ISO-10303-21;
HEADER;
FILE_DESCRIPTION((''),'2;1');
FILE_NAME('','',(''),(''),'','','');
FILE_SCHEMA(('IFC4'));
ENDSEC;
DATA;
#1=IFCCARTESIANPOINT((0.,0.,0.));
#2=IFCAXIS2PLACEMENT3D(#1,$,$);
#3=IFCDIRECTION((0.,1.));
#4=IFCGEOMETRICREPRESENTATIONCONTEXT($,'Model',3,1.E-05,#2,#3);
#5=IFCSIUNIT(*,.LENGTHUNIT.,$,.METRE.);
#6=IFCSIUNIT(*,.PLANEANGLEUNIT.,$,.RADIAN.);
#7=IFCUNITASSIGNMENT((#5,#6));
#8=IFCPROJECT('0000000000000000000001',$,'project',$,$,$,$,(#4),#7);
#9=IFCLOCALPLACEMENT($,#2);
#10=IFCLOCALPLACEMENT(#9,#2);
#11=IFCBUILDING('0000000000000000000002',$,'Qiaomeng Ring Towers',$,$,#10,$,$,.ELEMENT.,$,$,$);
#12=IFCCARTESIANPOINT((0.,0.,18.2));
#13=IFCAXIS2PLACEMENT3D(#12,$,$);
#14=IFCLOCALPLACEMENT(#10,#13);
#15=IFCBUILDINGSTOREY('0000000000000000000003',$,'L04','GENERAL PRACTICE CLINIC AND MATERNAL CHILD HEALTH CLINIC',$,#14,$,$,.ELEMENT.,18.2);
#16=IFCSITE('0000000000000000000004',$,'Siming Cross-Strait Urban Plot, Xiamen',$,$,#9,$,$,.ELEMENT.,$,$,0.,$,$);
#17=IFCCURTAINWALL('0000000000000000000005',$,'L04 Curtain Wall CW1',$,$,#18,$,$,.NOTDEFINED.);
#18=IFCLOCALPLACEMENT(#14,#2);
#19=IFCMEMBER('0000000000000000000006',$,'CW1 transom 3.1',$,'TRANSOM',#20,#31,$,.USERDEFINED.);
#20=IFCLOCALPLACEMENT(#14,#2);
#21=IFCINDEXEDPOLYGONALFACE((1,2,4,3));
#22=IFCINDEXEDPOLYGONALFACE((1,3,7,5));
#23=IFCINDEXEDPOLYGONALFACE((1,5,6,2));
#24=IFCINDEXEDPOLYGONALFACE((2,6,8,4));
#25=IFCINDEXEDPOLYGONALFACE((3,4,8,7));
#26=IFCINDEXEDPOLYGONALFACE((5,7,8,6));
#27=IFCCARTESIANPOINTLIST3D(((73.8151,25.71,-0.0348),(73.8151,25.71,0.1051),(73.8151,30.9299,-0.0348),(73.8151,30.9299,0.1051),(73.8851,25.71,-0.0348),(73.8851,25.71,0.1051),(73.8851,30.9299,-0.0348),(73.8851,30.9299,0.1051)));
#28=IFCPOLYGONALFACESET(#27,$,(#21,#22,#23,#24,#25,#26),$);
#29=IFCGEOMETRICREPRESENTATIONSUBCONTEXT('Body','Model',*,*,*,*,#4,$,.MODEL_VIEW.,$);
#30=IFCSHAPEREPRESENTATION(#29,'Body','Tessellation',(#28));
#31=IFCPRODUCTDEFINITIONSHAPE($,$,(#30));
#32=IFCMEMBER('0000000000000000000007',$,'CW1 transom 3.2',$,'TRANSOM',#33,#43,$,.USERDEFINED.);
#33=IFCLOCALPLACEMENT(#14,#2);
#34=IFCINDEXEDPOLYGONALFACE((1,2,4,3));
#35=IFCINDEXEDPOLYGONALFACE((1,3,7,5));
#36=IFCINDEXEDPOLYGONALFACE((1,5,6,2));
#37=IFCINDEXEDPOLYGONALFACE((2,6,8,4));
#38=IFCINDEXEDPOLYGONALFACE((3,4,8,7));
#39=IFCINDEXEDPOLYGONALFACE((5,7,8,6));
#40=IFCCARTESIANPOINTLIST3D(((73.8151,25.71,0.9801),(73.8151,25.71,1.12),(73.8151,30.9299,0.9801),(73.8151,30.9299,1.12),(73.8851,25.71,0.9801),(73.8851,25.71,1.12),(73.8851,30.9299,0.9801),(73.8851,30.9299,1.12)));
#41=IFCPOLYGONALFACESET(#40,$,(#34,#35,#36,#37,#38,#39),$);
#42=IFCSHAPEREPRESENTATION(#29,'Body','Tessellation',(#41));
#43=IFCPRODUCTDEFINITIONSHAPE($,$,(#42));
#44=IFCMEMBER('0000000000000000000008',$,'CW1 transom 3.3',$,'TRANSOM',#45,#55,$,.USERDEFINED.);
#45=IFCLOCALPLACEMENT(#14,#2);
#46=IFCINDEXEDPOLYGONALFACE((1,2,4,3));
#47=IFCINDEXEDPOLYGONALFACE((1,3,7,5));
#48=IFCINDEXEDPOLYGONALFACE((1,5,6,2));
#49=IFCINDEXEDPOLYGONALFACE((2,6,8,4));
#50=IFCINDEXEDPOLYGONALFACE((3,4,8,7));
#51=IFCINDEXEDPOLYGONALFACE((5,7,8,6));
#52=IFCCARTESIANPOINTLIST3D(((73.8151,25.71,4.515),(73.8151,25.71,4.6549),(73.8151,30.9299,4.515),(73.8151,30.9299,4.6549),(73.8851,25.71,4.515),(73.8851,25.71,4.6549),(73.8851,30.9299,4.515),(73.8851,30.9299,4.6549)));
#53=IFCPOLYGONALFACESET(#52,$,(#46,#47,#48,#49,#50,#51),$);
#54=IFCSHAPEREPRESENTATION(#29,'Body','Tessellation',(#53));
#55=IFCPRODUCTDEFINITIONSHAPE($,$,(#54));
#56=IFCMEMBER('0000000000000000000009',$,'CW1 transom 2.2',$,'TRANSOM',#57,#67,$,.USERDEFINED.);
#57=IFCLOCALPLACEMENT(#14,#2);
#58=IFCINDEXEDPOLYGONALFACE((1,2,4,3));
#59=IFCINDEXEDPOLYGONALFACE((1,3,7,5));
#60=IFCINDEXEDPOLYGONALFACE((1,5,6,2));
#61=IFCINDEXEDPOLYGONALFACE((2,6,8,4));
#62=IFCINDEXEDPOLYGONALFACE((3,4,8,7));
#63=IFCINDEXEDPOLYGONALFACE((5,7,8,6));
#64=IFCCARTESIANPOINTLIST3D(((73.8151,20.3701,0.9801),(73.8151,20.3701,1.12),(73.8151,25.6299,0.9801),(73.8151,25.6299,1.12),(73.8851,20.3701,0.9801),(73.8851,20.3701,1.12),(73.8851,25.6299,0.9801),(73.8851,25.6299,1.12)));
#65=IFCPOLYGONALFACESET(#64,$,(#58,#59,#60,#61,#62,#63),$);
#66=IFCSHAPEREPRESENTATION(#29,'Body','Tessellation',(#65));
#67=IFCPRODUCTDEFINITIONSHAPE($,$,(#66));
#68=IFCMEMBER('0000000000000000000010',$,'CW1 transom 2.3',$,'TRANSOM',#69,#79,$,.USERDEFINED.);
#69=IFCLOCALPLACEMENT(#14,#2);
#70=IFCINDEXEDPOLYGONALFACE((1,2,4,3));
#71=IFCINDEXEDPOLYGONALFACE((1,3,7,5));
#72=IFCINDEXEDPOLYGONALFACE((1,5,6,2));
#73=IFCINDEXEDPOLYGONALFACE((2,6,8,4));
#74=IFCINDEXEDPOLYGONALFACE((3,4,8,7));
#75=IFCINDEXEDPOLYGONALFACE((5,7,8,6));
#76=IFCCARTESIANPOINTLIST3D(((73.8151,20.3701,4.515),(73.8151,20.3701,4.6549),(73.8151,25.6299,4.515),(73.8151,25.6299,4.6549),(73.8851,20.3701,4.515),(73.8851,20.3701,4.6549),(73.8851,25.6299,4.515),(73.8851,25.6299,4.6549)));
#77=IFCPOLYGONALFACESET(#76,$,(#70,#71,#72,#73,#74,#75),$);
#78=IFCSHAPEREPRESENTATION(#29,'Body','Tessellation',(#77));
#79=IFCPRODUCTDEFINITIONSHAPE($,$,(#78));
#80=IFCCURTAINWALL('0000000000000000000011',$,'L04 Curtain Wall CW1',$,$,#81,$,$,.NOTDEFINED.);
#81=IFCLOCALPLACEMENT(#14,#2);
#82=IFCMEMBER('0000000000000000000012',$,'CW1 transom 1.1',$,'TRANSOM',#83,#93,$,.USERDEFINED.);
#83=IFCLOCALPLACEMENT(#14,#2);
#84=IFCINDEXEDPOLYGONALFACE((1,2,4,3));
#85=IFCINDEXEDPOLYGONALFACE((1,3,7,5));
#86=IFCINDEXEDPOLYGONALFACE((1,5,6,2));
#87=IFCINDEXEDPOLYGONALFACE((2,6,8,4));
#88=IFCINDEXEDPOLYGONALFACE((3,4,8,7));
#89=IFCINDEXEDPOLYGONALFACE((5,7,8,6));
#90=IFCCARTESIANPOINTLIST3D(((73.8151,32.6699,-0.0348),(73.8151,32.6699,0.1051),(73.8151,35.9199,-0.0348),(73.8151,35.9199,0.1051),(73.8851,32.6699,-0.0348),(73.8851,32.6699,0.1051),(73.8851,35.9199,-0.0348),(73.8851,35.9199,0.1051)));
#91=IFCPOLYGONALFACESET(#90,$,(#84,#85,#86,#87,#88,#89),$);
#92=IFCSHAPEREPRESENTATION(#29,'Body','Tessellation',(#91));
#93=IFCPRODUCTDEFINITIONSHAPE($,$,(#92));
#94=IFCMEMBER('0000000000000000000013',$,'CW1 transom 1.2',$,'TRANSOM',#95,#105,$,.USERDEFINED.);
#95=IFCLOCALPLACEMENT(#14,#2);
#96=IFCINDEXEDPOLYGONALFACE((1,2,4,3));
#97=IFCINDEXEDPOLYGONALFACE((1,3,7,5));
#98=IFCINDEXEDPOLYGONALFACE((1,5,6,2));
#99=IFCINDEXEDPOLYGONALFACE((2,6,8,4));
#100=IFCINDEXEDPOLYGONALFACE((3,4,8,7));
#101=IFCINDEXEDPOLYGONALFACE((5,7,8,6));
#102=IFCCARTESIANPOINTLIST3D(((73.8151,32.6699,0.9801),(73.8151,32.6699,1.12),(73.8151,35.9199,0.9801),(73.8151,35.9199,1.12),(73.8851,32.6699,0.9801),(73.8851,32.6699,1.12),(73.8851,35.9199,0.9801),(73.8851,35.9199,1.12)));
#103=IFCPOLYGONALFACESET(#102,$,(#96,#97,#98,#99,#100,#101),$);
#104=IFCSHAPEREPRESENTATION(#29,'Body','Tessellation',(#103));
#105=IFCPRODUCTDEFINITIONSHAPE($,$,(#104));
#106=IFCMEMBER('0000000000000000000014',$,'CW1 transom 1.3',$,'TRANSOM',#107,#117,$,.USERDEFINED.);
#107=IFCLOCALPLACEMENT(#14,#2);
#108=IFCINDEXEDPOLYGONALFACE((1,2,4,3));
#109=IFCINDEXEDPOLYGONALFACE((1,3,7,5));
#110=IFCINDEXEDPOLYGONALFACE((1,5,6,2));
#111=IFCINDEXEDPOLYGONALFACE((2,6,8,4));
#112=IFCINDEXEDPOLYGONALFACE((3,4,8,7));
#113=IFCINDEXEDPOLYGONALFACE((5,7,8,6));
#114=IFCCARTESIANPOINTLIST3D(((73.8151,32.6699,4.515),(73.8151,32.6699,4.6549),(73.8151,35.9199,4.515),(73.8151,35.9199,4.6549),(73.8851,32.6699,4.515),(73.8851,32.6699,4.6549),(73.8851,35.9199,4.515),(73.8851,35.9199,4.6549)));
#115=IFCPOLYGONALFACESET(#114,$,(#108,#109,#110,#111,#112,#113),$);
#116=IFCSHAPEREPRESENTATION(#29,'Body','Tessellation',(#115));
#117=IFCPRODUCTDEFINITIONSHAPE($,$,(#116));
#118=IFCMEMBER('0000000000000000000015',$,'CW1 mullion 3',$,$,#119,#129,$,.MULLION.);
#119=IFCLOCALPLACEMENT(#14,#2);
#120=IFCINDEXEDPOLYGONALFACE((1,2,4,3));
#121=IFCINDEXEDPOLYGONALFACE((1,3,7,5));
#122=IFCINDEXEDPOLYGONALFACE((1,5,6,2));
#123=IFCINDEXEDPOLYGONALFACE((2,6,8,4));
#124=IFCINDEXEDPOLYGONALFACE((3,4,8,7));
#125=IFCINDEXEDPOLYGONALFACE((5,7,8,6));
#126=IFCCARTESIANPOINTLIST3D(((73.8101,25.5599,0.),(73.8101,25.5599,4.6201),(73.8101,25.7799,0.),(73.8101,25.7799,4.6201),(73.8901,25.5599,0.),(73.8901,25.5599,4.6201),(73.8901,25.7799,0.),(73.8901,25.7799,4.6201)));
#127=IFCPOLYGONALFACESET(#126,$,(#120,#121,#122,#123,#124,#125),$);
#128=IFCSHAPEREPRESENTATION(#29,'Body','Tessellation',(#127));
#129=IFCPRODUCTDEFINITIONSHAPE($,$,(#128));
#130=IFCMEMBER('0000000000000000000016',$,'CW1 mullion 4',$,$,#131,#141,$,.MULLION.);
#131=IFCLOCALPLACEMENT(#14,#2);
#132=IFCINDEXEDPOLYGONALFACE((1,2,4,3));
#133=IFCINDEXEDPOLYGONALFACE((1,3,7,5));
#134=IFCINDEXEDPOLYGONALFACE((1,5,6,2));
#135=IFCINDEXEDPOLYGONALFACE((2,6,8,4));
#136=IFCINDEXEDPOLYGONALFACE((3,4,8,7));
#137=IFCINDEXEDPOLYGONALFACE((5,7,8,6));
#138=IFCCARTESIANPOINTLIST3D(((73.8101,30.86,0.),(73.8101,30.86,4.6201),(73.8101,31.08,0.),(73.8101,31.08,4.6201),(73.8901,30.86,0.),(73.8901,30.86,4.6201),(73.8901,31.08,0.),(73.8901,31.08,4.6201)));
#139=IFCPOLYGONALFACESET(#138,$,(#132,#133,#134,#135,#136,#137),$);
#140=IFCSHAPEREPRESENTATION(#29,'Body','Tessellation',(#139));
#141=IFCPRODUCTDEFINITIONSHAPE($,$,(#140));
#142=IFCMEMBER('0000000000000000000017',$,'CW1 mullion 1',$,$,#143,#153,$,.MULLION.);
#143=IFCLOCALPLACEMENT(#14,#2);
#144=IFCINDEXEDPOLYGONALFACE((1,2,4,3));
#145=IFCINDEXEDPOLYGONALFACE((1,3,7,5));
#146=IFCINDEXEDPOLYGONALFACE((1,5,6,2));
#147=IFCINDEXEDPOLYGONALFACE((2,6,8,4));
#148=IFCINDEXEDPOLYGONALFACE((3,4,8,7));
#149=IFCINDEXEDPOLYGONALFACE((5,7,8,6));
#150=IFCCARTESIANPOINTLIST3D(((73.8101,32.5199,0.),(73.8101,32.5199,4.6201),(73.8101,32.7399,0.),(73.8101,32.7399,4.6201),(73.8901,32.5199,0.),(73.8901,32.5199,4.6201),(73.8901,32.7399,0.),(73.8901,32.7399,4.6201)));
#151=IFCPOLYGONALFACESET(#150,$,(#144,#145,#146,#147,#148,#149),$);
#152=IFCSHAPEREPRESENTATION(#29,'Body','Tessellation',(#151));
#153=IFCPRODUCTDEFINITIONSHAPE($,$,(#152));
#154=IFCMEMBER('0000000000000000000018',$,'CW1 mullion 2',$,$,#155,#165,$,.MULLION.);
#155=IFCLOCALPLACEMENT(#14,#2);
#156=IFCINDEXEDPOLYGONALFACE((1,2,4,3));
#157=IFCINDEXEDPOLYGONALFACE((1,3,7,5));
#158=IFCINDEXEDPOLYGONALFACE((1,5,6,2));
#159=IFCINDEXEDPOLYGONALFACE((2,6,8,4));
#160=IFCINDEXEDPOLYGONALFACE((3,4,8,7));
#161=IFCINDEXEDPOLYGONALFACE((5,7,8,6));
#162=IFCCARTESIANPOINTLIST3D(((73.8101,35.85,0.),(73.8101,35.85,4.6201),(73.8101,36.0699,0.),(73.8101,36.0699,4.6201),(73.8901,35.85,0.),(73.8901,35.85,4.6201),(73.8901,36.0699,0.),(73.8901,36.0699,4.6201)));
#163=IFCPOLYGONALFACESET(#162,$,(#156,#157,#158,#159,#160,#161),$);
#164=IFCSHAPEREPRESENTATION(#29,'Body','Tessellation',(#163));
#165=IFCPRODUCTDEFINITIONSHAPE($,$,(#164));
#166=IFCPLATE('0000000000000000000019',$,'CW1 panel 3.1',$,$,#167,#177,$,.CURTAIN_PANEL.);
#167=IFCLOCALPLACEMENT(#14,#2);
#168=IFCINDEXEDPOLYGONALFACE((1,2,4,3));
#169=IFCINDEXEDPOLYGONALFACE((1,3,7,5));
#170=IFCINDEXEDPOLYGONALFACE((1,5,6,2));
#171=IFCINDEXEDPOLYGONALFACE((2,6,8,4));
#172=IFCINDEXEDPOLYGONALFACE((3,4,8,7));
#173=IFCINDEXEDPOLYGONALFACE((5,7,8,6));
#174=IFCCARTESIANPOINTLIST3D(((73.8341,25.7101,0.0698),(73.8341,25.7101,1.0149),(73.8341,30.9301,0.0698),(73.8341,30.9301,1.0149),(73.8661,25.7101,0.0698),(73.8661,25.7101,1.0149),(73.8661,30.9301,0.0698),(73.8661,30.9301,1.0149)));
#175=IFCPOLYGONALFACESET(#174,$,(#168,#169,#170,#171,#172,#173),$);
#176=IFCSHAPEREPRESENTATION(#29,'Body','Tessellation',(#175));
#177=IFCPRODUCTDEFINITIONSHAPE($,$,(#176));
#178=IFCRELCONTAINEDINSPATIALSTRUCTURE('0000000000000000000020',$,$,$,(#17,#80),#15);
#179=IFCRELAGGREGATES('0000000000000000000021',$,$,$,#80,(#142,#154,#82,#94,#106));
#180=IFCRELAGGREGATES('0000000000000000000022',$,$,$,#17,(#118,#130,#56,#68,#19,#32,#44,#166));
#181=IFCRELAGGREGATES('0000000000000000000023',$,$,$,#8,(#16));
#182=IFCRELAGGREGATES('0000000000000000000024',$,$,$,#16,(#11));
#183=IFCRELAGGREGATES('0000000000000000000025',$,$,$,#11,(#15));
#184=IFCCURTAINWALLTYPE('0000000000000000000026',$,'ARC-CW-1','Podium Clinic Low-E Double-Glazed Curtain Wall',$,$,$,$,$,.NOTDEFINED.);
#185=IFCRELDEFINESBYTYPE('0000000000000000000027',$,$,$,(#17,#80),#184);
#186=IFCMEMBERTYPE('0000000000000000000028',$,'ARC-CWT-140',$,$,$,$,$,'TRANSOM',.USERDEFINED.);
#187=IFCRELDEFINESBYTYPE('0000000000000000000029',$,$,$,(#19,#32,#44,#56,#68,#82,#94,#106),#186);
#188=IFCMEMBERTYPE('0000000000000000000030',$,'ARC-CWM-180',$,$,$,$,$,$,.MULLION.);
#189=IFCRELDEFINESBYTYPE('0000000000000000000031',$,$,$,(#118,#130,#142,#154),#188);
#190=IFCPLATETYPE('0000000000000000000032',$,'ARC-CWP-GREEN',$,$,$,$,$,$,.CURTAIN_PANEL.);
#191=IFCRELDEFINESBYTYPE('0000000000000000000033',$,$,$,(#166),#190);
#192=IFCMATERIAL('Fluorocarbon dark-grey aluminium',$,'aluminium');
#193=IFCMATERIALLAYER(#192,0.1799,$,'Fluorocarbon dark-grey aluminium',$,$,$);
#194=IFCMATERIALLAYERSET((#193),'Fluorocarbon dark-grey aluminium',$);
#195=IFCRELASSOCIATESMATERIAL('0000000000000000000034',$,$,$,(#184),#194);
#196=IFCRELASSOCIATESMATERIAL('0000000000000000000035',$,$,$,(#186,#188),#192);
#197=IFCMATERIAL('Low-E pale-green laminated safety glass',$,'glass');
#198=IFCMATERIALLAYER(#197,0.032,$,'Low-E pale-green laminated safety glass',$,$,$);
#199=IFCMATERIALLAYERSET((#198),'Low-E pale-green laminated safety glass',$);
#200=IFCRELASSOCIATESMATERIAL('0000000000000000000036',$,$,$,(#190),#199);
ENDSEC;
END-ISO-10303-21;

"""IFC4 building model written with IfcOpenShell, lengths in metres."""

from ifc_helpers import new_model, si_unit, direction, frame, origin, origin_2d, place, context, subcontext, project, spatial, rectangle, extrude, source, transform, mapped, material, layer, layer_set, material_profile, profile_set, type_object, element, aggregate, save


model = new_model("IFC4")

# Units and contexts
model_context = context("Model", 3, precision=1e-05, world=origin(), true_north=direction((0.0, 1.0)))
body_context = subcontext(model_context, "Body", "Model", "MODEL_VIEW")
ifc_project = project(units=[si_unit("LENGTHUNIT", "METRE"), si_unit("PLANEANGLEUNIT", "RADIAN")], contexts=[model_context])

# Site, building, storey
site_placement = place(None, origin())
site = spatial("IfcSite", under=ifc_project, at=site_placement, Name="Siming Cross-Strait Urban Plot, Xiamen", CompositionType="ELEMENT", RefElevation=0.0)
building_placement = place(site_placement, origin())
building = spatial("IfcBuilding", under=site, at=building_placement, Name="Qiaomeng Ring Towers", CompositionType="ELEMENT")
storey_placement = place(building_placement, frame((0.0, 0.0, 18.2)))
storey = spatial("IfcBuildingStorey", under=building, at=storey_placement, Name="L04", Description="GENERAL PRACTICE CLINIC AND MATERNAL CHILD HEALTH CLINIC", CompositionType="ELEMENT", Elevation=18.2)

# Curtain walls, members
ifc_material_1 = material(Name="Fluorocarbon dark-grey aluminium", Category="aluminium")
ifc_layer_1 = layer(ifc_material_1, 0.1799, Name="Fluorocarbon dark-grey aluminium")
ifc_layer_set_1 = layer_set([ifc_layer_1], Name="Fluorocarbon dark-grey aluminium")
curtain_wall_type = type_object("IfcCurtainWallType", Name="ARC-CW-1", Description="Podium Clinic Low-E Double-Glazed Curtain Wall", PredefinedType="NOTDEFINED", material=ifc_layer_set_1)
curtain_wall_1_placement = place(storey_placement, origin())
curtain_wall_1 = element("IfcCurtainWall", 1, at=curtain_wall_1_placement, inside=storey, type_object=curtain_wall_type, Name="L04 Curtain Wall CW1", PredefinedType="NOTDEFINED")
ifc_material_profile_1 = material_profile(ifc_material_1, rectangle(XDim=0.0701, YDim=0.1399, at=origin_2d()), Name="ALU TRAN 70x140")
ifc_profile_set_1 = profile_set([ifc_material_profile_1], Name="Fluorocarbon dark-grey aluminium")
member_type_1 = type_object("IfcMemberType", Name="ARC-CWT-140", ElementType="TRANSOM", PredefinedType="USERDEFINED", material=ifc_profile_set_1)
shared_shape_1 = source(origin(), body_context, "Body", "SweptSolid", [
    extrude(rectangle(XDim=0.0701, YDim=0.1399, at=origin_2d()), origin(), (0.0, 0.0, 1.0), 5.22),
])
member_1_placement = place(storey_placement, frame((73.8501, 25.71, 0.0352), z_axis=(0.0, 1.0, 0.0), x_axis=(-1.0, 0.0, 0.0)))
member_1 = element("IfcMember", 2, at=member_1_placement, type_object=member_type_1, Name="CW1 transom 3.1", ObjectType="TRANSOM", PredefinedType="USERDEFINED", context=body_context, shape_type="MappedRepresentation", body=[
    mapped(shared_shape_1, transform((0.0, 0.0, 0.0), x_axis=(1.0, 0.0, 0.0), y_axis=(0.0, 1.0, 0.0), z_axis=(0.0, 0.0, 1.0), scale=1.0)),
])
member_2_placement = place(storey_placement, frame((73.8501, 25.71, 1.05), z_axis=(0.0, 1.0, 0.0), x_axis=(-1.0, 0.0, 0.0)))
member_2 = element("IfcMember", 3, at=member_2_placement, type_object=member_type_1, Name="CW1 transom 3.2", ObjectType="TRANSOM", PredefinedType="USERDEFINED", context=body_context, shape_type="MappedRepresentation", body=[
    mapped(shared_shape_1, transform((0.0, 0.0, 0.0), x_axis=(1.0, 0.0, 0.0), y_axis=(0.0, 1.0, 0.0), z_axis=(0.0, 0.0, 1.0), scale=1.0)),
])
member_3_placement = place(storey_placement, frame((73.8501, 25.71, 4.585), z_axis=(0.0, 1.0, 0.0), x_axis=(-1.0, 0.0, 0.0)))
member_3 = element("IfcMember", 4, at=member_3_placement, type_object=member_type_1, Name="CW1 transom 3.3", ObjectType="TRANSOM", PredefinedType="USERDEFINED", context=body_context, shape_type="MappedRepresentation", body=[
    mapped(shared_shape_1, transform((0.0, 0.0, 0.0), x_axis=(1.0, 0.0, 0.0), y_axis=(0.0, 1.0, 0.0), z_axis=(0.0, 0.0, 1.0), scale=1.0)),
])
shared_shape_2 = source(origin(), body_context, "Body", "SweptSolid", [
    extrude(rectangle(XDim=0.0701, YDim=0.1399, at=origin_2d()), origin(), (0.0, 0.0, 1.0), 5.2598),
])
member_4_placement = place(storey_placement, frame((73.8501, 20.3701, 1.05), z_axis=(0.0, 1.0, 0.0), x_axis=(-1.0, 0.0, 0.0)))
member_4 = element("IfcMember", 5, at=member_4_placement, type_object=member_type_1, Name="CW1 transom 2.2", ObjectType="TRANSOM", PredefinedType="USERDEFINED", context=body_context, shape_type="MappedRepresentation", body=[
    mapped(shared_shape_2, transform((0.0, 0.0, 0.0), x_axis=(1.0, 0.0, 0.0), y_axis=(0.0, 1.0, 0.0), z_axis=(0.0, 0.0, 1.0), scale=1.0)),
])
member_5_placement = place(storey_placement, frame((73.8501, 20.3701, 4.585), z_axis=(0.0, 1.0, 0.0), x_axis=(-1.0, 0.0, 0.0)))
member_5 = element("IfcMember", 6, at=member_5_placement, type_object=member_type_1, Name="CW1 transom 2.3", ObjectType="TRANSOM", PredefinedType="USERDEFINED", context=body_context, shape_type="MappedRepresentation", body=[
    mapped(shared_shape_2, transform((0.0, 0.0, 0.0), x_axis=(1.0, 0.0, 0.0), y_axis=(0.0, 1.0, 0.0), z_axis=(0.0, 0.0, 1.0), scale=1.0)),
])
curtain_wall_2_placement = place(storey_placement, origin())
curtain_wall_2 = element("IfcCurtainWall", 7, at=curtain_wall_2_placement, inside=storey, type_object=curtain_wall_type, Name="L04 Curtain Wall CW1", PredefinedType="NOTDEFINED")
shared_shape_3 = source(origin(), body_context, "Body", "SweptSolid", [
    extrude(rectangle(XDim=0.0701, YDim=0.1399, at=origin_2d()), origin(), (0.0, 0.0, 1.0), 3.25),
])
member_6_placement = place(storey_placement, frame((73.8501, 32.6699, 0.0352), z_axis=(0.0, 1.0, 0.0), x_axis=(-1.0, 0.0, 0.0)))
member_6 = element("IfcMember", 8, at=member_6_placement, type_object=member_type_1, Name="CW1 transom 1.1", ObjectType="TRANSOM", PredefinedType="USERDEFINED", context=body_context, shape_type="MappedRepresentation", body=[
    mapped(shared_shape_3, transform((0.0, 0.0, 0.0), x_axis=(1.0, 0.0, 0.0), y_axis=(0.0, 1.0, 0.0), z_axis=(0.0, 0.0, 1.0), scale=1.0)),
])
member_7_placement = place(storey_placement, frame((73.8501, 32.6699, 1.05), z_axis=(0.0, 1.0, 0.0), x_axis=(-1.0, 0.0, 0.0)))
member_7 = element("IfcMember", 9, at=member_7_placement, type_object=member_type_1, Name="CW1 transom 1.2", ObjectType="TRANSOM", PredefinedType="USERDEFINED", context=body_context, shape_type="MappedRepresentation", body=[
    mapped(shared_shape_3, transform((0.0, 0.0, 0.0), x_axis=(1.0, 0.0, 0.0), y_axis=(0.0, 1.0, 0.0), z_axis=(0.0, 0.0, 1.0), scale=1.0)),
])
member_8_placement = place(storey_placement, frame((73.8501, 32.6699, 4.585), z_axis=(0.0, 1.0, 0.0), x_axis=(-1.0, 0.0, 0.0)))
member_8 = element("IfcMember", 10, at=member_8_placement, type_object=member_type_1, Name="CW1 transom 1.3", ObjectType="TRANSOM", PredefinedType="USERDEFINED", context=body_context, shape_type="MappedRepresentation", body=[
    mapped(shared_shape_3, transform((0.0, 0.0, 0.0), x_axis=(1.0, 0.0, 0.0), y_axis=(0.0, 1.0, 0.0), z_axis=(0.0, 0.0, 1.0), scale=1.0)),
])

# Members
ifc_material_profile_2 = material_profile(ifc_material_1, rectangle(XDim=0.0801, YDim=0.22, at=origin_2d()), Name="ALU MULL 80x220")
ifc_profile_set_2 = profile_set([ifc_material_profile_2], Name="Fluorocarbon dark-grey aluminium")
member_type_2 = type_object("IfcMemberType", Name="ARC-CWM-180", PredefinedType="MULLION", material=ifc_profile_set_2)
shared_shape_4 = source(origin(), body_context, "Body", "SweptSolid", [
    extrude(rectangle(XDim=0.0801, YDim=0.22, at=origin_2d()), origin(), (0.0, 0.0, 1.0), 4.6201),
])
member_9_placement = place(storey_placement, frame((73.8501, 25.6699, 0.0), z_axis=(0.0, 0.0, 1.0), x_axis=(-1.0, 0.0, 0.0)))
member_9 = element("IfcMember", 11, at=member_9_placement, type_object=member_type_2, Name="CW1 mullion 3", PredefinedType="MULLION", context=body_context, shape_type="MappedRepresentation", body=[
    mapped(shared_shape_4, transform((0.0, 0.0, 0.0), x_axis=(1.0, 0.0, 0.0), y_axis=(0.0, 1.0, 0.0), z_axis=(0.0, 0.0, 1.0), scale=1.0)),
])
member_10_placement = place(storey_placement, frame((73.8501, 30.97, 0.0), z_axis=(0.0, 0.0, 1.0), x_axis=(-1.0, 0.0, 0.0)))
member_10 = element("IfcMember", 12, at=member_10_placement, type_object=member_type_2, Name="CW1 mullion 4", PredefinedType="MULLION", context=body_context, shape_type="MappedRepresentation", body=[
    mapped(shared_shape_4, transform((0.0, 0.0, 0.0), x_axis=(1.0, 0.0, 0.0), y_axis=(0.0, 1.0, 0.0), z_axis=(0.0, 0.0, 1.0), scale=1.0)),
])
member_11_placement = place(storey_placement, frame((73.8501, 32.6299, 0.0), z_axis=(0.0, 0.0, 1.0), x_axis=(-1.0, 0.0, 0.0)))
member_11 = element("IfcMember", 13, at=member_11_placement, type_object=member_type_2, Name="CW1 mullion 1", PredefinedType="MULLION", context=body_context, shape_type="MappedRepresentation", body=[
    mapped(shared_shape_4, transform((0.0, 0.0, 0.0), x_axis=(1.0, 0.0, 0.0), y_axis=(0.0, 1.0, 0.0), z_axis=(0.0, 0.0, 1.0), scale=1.0)),
])
member_12_placement = place(storey_placement, frame((73.8501, 35.96, 0.0), z_axis=(0.0, 0.0, 1.0), x_axis=(-1.0, 0.0, 0.0)))
member_12 = element("IfcMember", 14, at=member_12_placement, type_object=member_type_2, Name="CW1 mullion 2", PredefinedType="MULLION", context=body_context, shape_type="MappedRepresentation", body=[
    mapped(shared_shape_4, transform((0.0, 0.0, 0.0), x_axis=(1.0, 0.0, 0.0), y_axis=(0.0, 1.0, 0.0), z_axis=(0.0, 0.0, 1.0), scale=1.0)),
])

# Plate
ifc_material_2 = material(Name="Low-E pale-green laminated safety glass", Category="glass")
ifc_layer_2 = layer(ifc_material_2, 0.032, Name="Low-E pale-green laminated safety glass")
ifc_layer_set_2 = layer_set([ifc_layer_2], Name="Low-E pale-green laminated safety glass")
plate_type = type_object("IfcPlateType", Name="ARC-CWP-GREEN", PredefinedType="CURTAIN_PANEL", material=ifc_layer_set_2)
shared_shape_5 = source(origin(), body_context, "Body", "SweptSolid", [
    extrude(rectangle(XDim=5.22, YDim=0.032, at=origin_2d()), origin(), (0.0, 0.0, 1.0), 0.9451),
])
plate_1_placement = place(storey_placement, frame((73.8501, 28.3201, 0.0698), z_axis=(0.0, 0.0, 1.0), x_axis=(0.0, 1.0, 0.0)))
plate_1 = element("IfcPlate", 15, at=plate_1_placement, type_object=plate_type, Name="CW1 panel 3.1", PredefinedType="CURTAIN_PANEL", context=body_context, shape_type="MappedRepresentation", body=[
    mapped(shared_shape_5, transform((0.0, 0.0, 0.0), x_axis=(1.0, 0.0, 0.0), y_axis=(0.0, 1.0, 0.0), z_axis=(0.0, 0.0, 1.0), scale=1.0)),
])
aggregate(curtain_wall_2, [member_11, member_12, member_6, member_7, member_8])
aggregate(curtain_wall_1, [member_9, member_10, member_4, member_5, member_1, member_2, member_3, plate_1])

save(model, "model.ifc")
